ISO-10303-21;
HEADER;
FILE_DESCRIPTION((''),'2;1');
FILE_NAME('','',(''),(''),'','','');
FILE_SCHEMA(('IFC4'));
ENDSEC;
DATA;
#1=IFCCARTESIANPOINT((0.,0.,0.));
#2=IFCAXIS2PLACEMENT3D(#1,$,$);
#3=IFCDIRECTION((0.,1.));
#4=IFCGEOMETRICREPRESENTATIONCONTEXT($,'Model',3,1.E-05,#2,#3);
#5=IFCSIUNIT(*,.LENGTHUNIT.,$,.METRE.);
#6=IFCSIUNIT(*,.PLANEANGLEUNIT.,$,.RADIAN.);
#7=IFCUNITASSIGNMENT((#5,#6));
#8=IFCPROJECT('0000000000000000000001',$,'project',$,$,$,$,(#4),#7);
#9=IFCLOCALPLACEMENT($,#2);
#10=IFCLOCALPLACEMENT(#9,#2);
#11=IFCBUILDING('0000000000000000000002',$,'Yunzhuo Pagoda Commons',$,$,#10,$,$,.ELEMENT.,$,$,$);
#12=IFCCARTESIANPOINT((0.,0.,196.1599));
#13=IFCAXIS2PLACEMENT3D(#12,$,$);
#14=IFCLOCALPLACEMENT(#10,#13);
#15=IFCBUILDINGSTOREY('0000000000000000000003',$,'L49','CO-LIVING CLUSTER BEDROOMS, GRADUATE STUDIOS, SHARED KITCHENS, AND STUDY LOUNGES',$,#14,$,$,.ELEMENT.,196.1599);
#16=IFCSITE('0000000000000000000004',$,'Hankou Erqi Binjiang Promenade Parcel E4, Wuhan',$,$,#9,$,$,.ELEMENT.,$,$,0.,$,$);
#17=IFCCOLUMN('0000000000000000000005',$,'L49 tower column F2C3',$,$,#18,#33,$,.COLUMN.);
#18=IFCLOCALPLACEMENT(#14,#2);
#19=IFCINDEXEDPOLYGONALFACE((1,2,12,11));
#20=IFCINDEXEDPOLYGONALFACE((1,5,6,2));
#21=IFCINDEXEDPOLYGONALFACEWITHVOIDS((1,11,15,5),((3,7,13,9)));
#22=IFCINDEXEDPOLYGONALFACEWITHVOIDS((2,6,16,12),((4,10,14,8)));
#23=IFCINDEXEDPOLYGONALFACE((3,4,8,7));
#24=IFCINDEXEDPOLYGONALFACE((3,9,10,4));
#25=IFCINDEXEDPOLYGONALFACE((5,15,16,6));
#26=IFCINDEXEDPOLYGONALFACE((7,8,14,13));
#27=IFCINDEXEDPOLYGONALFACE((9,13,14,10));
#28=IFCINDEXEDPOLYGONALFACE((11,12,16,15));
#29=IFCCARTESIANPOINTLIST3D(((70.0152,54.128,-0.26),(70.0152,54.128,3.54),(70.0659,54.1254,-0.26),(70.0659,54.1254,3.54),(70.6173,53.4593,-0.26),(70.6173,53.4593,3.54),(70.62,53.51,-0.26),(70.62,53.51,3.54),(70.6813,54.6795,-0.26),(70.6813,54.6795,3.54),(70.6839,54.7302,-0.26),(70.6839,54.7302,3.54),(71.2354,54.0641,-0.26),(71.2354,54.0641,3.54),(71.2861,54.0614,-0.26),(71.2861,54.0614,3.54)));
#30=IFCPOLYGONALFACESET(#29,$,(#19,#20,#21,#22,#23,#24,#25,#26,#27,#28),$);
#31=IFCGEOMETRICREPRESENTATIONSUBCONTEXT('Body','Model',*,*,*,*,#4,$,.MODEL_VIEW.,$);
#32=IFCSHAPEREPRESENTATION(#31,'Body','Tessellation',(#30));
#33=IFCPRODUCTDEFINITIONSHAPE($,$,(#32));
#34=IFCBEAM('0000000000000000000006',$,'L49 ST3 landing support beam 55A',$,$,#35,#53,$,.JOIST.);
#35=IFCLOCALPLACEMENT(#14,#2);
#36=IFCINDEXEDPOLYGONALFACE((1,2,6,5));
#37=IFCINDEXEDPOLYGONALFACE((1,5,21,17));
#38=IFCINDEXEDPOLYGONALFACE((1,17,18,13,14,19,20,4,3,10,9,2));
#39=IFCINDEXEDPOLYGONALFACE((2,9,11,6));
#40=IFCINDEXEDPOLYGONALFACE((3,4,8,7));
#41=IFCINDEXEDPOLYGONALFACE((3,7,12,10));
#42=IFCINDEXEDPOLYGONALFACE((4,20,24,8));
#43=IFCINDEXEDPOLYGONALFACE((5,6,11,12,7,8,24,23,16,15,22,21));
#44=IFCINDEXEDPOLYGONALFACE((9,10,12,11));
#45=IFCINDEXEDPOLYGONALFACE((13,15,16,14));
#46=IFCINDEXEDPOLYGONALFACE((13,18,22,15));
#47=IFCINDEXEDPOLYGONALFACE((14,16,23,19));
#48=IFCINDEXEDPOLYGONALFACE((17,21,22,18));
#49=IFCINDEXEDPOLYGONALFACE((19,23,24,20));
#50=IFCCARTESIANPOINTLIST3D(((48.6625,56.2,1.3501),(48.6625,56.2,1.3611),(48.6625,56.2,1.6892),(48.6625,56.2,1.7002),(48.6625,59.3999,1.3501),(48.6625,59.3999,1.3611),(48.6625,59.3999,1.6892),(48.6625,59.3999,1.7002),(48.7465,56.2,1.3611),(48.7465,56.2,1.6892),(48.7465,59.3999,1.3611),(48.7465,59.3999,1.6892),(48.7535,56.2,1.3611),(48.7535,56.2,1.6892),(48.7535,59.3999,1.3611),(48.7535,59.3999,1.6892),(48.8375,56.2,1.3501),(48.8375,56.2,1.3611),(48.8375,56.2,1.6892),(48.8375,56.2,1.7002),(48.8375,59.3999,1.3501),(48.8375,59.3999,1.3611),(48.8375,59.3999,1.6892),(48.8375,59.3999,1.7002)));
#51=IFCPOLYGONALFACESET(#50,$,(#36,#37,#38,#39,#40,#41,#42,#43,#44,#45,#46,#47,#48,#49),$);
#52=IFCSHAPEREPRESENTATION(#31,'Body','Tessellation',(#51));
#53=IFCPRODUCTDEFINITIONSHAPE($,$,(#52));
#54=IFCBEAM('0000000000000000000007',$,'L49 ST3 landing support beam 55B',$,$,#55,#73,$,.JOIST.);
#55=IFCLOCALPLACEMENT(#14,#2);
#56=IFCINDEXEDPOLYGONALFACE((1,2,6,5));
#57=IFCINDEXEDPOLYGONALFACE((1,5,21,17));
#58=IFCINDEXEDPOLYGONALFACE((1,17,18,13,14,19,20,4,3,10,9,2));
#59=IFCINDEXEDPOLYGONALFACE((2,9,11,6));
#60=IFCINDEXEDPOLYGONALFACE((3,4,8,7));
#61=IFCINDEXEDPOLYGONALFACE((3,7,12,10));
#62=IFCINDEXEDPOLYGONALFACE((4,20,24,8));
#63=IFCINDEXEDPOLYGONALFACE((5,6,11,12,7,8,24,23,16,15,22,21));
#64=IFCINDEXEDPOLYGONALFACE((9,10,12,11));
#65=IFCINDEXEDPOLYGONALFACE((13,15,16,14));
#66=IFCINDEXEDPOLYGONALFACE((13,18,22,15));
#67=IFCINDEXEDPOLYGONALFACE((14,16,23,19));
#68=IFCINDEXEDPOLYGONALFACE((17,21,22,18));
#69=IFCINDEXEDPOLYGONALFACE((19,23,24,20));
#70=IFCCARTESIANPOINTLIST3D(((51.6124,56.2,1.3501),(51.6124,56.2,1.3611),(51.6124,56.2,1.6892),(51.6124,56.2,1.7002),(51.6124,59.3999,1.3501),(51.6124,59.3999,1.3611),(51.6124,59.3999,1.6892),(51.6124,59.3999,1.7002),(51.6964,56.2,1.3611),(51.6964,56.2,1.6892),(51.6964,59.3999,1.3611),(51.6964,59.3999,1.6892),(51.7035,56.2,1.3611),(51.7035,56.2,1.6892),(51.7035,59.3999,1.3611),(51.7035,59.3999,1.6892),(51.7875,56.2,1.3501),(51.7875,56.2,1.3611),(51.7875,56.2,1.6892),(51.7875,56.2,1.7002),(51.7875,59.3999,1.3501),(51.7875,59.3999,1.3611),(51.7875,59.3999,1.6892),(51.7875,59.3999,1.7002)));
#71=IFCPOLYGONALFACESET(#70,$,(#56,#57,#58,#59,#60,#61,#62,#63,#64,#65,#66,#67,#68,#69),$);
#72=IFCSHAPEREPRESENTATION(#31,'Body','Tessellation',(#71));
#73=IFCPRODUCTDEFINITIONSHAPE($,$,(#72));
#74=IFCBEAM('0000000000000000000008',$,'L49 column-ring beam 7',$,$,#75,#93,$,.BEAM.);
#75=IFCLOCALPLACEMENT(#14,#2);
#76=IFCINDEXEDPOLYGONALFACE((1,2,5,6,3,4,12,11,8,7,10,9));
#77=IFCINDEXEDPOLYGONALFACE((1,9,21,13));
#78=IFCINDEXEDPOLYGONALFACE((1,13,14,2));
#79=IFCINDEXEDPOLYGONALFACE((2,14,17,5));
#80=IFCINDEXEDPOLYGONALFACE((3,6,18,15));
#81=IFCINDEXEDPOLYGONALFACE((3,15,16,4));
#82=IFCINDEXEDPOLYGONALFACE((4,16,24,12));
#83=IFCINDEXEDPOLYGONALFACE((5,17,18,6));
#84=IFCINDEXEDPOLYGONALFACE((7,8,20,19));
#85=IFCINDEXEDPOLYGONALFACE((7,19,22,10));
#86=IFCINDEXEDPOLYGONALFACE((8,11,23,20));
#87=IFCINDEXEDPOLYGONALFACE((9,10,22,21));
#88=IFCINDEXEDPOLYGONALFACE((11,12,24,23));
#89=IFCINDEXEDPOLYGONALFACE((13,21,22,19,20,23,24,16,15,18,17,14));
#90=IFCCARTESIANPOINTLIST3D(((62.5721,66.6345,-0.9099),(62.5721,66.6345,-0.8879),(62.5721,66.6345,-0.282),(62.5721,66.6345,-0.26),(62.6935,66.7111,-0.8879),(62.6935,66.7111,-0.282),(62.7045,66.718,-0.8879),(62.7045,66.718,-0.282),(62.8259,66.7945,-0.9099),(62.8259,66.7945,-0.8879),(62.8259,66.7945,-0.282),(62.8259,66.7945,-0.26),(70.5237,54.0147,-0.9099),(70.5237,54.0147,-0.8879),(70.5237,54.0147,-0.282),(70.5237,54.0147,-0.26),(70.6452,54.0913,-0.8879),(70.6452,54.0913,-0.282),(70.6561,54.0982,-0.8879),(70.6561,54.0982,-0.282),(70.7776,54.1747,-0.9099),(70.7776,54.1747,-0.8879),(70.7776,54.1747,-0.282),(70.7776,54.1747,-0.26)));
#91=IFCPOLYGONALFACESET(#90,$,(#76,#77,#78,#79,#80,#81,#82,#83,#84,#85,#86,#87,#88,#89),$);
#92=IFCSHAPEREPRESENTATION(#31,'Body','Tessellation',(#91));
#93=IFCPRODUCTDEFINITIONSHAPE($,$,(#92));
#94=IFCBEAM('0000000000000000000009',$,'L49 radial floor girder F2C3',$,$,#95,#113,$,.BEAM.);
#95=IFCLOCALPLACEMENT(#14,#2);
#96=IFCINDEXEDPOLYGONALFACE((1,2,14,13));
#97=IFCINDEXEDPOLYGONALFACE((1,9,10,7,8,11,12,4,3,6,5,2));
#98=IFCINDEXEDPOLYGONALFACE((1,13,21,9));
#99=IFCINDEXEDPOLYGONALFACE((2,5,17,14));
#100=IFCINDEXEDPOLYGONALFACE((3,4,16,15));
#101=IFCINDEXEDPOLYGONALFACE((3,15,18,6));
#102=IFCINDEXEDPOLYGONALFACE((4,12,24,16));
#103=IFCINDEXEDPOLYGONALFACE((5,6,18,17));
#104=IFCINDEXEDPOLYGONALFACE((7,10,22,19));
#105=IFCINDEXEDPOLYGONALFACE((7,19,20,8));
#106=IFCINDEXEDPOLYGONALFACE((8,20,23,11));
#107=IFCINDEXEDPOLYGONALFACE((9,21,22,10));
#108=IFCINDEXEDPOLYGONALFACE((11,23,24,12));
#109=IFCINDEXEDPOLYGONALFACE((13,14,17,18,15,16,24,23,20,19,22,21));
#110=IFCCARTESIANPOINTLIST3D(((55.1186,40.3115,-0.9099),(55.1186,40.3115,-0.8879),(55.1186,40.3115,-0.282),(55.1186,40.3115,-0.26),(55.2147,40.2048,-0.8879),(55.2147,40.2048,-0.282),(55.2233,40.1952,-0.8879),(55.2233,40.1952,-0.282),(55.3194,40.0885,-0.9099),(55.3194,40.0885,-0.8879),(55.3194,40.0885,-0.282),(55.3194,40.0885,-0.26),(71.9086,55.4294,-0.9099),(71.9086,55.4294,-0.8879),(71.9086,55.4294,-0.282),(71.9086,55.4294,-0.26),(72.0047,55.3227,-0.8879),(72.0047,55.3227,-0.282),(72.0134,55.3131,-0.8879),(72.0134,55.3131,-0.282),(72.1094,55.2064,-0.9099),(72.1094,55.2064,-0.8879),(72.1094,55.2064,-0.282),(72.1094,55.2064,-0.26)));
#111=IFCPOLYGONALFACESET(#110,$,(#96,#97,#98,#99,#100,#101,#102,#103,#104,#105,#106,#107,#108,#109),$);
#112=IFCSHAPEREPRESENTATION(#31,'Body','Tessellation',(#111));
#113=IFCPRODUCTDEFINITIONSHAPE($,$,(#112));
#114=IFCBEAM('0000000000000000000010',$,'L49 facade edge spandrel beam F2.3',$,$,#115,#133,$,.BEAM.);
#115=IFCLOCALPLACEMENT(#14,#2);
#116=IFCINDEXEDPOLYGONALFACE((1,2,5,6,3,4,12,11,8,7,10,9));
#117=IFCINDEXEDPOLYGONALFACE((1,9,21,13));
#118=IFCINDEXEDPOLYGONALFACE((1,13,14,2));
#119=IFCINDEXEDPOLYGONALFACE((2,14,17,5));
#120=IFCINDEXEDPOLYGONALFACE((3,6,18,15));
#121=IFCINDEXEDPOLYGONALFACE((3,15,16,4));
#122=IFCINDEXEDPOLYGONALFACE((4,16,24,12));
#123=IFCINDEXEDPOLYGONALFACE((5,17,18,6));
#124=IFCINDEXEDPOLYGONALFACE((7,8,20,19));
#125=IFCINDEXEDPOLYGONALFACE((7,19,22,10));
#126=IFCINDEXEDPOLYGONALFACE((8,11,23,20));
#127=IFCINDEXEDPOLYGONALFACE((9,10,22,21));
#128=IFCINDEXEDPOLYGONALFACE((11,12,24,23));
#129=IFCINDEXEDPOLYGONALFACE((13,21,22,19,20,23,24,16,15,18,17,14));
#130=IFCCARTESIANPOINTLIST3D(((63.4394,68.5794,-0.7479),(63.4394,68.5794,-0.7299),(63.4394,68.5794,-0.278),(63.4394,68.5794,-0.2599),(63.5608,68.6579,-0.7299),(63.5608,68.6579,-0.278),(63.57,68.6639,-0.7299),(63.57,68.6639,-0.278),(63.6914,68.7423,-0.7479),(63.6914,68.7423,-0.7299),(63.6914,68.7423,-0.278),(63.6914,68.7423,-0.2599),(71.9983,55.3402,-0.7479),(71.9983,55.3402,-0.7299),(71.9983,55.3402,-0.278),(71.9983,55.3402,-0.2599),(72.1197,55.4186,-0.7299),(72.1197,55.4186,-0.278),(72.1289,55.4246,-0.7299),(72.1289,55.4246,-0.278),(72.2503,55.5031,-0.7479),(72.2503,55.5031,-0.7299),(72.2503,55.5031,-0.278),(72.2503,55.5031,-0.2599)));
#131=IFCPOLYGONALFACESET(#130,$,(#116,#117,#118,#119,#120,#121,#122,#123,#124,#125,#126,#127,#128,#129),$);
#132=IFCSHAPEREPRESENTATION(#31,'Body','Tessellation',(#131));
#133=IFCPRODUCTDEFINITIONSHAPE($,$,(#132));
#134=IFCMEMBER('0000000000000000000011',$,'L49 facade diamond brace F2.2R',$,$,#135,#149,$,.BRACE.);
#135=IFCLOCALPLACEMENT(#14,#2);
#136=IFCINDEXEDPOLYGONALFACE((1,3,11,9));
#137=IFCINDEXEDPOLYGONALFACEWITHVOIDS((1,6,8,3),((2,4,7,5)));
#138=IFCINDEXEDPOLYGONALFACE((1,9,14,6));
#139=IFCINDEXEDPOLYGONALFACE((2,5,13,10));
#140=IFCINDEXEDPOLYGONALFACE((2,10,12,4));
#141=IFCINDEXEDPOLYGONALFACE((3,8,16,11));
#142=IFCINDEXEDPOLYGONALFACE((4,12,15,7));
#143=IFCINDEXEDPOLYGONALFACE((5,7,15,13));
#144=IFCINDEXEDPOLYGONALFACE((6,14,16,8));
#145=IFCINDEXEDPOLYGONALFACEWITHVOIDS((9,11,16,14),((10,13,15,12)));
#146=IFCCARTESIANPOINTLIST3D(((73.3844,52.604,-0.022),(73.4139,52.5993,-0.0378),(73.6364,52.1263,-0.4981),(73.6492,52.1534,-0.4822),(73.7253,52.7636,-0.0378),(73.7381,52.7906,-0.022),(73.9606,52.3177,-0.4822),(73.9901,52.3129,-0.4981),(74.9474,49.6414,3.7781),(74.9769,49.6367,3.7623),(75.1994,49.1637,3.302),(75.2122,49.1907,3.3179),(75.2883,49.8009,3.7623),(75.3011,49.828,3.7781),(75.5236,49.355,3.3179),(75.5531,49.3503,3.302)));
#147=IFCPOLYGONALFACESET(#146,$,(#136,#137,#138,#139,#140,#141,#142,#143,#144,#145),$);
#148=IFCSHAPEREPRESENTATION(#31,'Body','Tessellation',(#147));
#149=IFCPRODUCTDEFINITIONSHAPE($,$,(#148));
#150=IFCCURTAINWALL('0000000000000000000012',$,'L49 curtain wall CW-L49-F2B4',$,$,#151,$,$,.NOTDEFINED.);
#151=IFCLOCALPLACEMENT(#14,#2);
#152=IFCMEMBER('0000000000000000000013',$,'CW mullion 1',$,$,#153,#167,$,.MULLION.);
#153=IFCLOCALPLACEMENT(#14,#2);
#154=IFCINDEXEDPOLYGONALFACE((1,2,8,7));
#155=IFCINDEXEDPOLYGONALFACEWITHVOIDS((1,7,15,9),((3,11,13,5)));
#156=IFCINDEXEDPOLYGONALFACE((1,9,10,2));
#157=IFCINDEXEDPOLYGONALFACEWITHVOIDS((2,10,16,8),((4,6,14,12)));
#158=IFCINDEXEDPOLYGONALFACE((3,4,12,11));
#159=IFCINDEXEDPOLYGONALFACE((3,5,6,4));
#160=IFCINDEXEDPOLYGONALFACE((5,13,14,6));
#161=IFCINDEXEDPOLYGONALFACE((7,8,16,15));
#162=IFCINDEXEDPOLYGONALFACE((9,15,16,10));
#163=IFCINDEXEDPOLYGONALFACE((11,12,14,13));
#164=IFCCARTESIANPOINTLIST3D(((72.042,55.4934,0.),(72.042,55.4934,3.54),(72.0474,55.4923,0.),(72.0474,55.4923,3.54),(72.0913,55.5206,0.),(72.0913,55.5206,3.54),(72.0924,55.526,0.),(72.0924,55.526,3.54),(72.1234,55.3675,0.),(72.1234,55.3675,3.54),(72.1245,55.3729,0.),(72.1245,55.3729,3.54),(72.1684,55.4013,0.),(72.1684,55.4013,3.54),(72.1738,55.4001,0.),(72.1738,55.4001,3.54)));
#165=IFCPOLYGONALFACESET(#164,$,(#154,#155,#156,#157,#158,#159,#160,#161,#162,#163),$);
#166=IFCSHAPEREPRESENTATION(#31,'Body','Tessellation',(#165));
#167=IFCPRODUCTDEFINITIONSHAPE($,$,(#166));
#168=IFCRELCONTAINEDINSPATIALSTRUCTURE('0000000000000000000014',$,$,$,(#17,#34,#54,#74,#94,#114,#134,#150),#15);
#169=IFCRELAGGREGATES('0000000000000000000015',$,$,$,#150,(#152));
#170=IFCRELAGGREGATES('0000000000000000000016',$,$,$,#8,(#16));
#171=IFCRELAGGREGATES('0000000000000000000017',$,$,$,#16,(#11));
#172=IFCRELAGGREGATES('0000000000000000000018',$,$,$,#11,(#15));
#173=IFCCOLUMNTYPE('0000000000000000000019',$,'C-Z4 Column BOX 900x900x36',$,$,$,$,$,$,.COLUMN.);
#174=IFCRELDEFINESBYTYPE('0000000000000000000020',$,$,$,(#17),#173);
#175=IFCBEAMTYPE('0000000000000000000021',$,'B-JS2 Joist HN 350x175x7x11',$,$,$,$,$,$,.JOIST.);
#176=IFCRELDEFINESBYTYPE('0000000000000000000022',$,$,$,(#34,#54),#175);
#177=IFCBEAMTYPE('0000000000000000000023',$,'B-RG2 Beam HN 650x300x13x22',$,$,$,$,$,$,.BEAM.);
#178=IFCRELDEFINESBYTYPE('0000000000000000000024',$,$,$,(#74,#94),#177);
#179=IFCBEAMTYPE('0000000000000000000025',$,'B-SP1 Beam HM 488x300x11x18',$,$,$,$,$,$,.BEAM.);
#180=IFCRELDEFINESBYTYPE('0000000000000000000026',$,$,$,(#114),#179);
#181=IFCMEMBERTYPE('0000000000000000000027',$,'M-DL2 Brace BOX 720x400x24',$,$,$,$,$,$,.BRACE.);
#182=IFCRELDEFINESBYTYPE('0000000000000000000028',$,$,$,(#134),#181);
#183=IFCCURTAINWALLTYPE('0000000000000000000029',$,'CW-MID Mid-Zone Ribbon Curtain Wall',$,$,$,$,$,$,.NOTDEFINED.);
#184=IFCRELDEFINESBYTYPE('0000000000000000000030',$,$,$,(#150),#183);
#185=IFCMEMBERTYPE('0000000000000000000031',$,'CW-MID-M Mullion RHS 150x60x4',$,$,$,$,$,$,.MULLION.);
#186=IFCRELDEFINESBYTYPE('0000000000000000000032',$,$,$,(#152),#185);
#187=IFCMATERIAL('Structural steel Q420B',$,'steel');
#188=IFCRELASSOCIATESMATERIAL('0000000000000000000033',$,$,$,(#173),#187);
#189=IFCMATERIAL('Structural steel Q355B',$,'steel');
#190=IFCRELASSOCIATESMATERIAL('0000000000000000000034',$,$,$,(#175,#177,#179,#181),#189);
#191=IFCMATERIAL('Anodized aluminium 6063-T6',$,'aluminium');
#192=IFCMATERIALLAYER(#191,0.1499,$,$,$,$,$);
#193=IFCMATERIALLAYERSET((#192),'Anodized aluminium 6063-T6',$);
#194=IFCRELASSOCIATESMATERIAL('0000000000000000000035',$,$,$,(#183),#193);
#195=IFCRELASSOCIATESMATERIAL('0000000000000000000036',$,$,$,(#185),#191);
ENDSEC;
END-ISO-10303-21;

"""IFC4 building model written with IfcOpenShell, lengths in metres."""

from ifc_helpers import new_model, si_unit, direction, frame, origin, origin_2d, place, context, subcontext, project, spatial, hollow_rectangle, i_section, extrude, source, transform, mapped, material, layer, layer_set, material_profile, profile_set, type_object, element, aggregate, save


model = new_model("IFC4")

# Units and contexts
model_context = context("Model", 3, precision=1e-05, world=origin(), true_north=direction((0.0, 1.0)))
body_context = subcontext(model_context, "Body", "Model", "MODEL_VIEW")
ifc_project = project(units=[si_unit("LENGTHUNIT", "METRE"), si_unit("PLANEANGLEUNIT", "RADIAN")], contexts=[model_context])

# Site, building, storey
site_placement = place(None, origin())
site = spatial("IfcSite", under=ifc_project, at=site_placement, Name="Hankou Erqi Binjiang Promenade Parcel E4, Wuhan", CompositionType="ELEMENT", RefElevation=0.0)
building_placement = place(site_placement, origin())
building = spatial("IfcBuilding", under=site, at=building_placement, Name="Yunzhuo Pagoda Commons", CompositionType="ELEMENT")
storey_placement = place(building_placement, frame((0.0, 0.0, 196.1599)))
storey = spatial("IfcBuildingStorey", under=building, at=storey_placement, Name="L49", Description="CO-LIVING CLUSTER BEDROOMS, GRADUATE STUDIOS, SHARED KITCHENS, AND STUDY LOUNGES", CompositionType="ELEMENT", Elevation=196.1599)

# Column
ifc_material_1 = material(Name="Structural steel Q420B", Category="steel")
ifc_material_profile_1 = material_profile(ifc_material_1, hollow_rectangle(XDim=0.8999, YDim=0.8999, WallThickness=0.0359, at=origin_2d()), Name="Structural steel Q420B")
ifc_profile_set_1 = profile_set([ifc_material_profile_1], Name="Structural steel Q420B")
column_type = type_object("IfcColumnType", Name="C-Z4 Column BOX 900x900x36", PredefinedType="COLUMN", material=ifc_profile_set_1)
shared_shape_1 = source(origin(), body_context, "Body", "SweptSolid", [
    extrude(hollow_rectangle(XDim=0.8999, YDim=0.8999, WallThickness=0.0359, at=origin_2d()), origin(), (0.0, 0.0, 1.0), 3.8),
])
column_placement = place(storey_placement, frame((70.6506, 54.0947, -0.26), z_axis=(0.0, 0.0, 1.0), x_axis=(-0.669131, 0.743145, 0.0)))
element("IfcColumn", 1, at=column_placement, inside=storey, type_object=column_type, Name="L49 tower column F2C3", PredefinedType="COLUMN", context=body_context, shape_type="MappedRepresentation", body=[
    mapped(shared_shape_1, transform((0.0, 0.0, 0.0), scale=1.0)),
])

# Beams
ifc_material_2 = material(Name="Structural steel Q355B", Category="steel")
ifc_material_profile_2 = material_profile(ifc_material_2, i_section(OverallWidth=0.175, OverallDepth=0.3501, WebThickness=0.0071, FlangeThickness=0.011, at=origin_2d()), Name="Structural steel Q355B")
ifc_profile_set_2 = profile_set([ifc_material_profile_2], Name="Structural steel Q355B")
beam_type_1 = type_object("IfcBeamType", Name="B-JS2 Joist HN 350x175x7x11", PredefinedType="JOIST", material=ifc_profile_set_2)
shared_shape_2 = source(origin(), body_context, "Body", "SweptSolid", [
    extrude(i_section(OverallWidth=0.175, OverallDepth=0.3501, WebThickness=0.0071, FlangeThickness=0.011, at=origin_2d()), origin(), (0.0, 0.0, 1.0), 3.2),
])
for number, where, z_axis, x_axis, name in (
    (2, (48.75, 56.2, 1.5251), (0.0, 1.0, 0.0), (-1.0, 0.0, 0.0), "L49 ST3 landing support beam 55A"),
    (3, (51.7, 56.2, 1.5251), (0.0, 1.0, 0.0), (-1.0, 0.0, 0.0), "L49 ST3 landing support beam 55B"),
):
    element("IfcBeam", number, at=place(storey_placement, frame(where, z_axis=z_axis, x_axis=x_axis)), inside=storey, type_object=beam_type_1, Name=name, PredefinedType="JOIST", context=body_context, shape_type="MappedRepresentation", body=[
        mapped(shared_shape_2, transform((0.0, 0.0, 0.0), scale=1.0)),
    ])
ifc_material_profile_3 = material_profile(ifc_material_2, i_section(OverallWidth=0.3, OverallDepth=0.6499, WebThickness=0.0129, FlangeThickness=0.022, at=origin_2d()), Name="Structural steel Q355B")
ifc_profile_set_3 = profile_set([ifc_material_profile_3], Name="Structural steel Q355B")
beam_type_2 = type_object("IfcBeamType", Name="B-RG2 Beam HN 650x300x13x22", PredefinedType="BEAM", material=ifc_profile_set_3)
shared_shape_3 = source(origin(), body_context, "Body", "SweptSolid", [
    extrude(i_section(OverallWidth=0.3, OverallDepth=0.6499, WebThickness=0.0129, FlangeThickness=0.022, at=origin_2d()), origin(), (0.0, 0.0, 1.0), 14.916),
])
beam_1_placement = place(storey_placement, frame((70.6506, 54.0947, -0.585), z_axis=(-0.533092, 0.846057, 0.0), x_axis=(-0.846057, -0.533092, 0.0)))
element("IfcBeam", 4, at=beam_1_placement, inside=storey, type_object=beam_type_2, Name="L49 column-ring beam 7", PredefinedType="BEAM", context=body_context, shape_type="MappedRepresentation", body=[
    mapped(shared_shape_3, transform((0.0, 0.0, 0.0), scale=1.0)),
])
shared_shape_4 = source(origin(), body_context, "Body", "SweptSolid", [
    extrude(i_section(OverallWidth=0.3, OverallDepth=0.6499, WebThickness=0.0129, FlangeThickness=0.022, at=origin_2d()), origin(), (0.0, 0.0, 1.0), 22.5933),
])
beam_2_placement = place(storey_placement, frame((72.009, 55.3179, -0.585), z_axis=(-0.743143, -0.669133, 0.0), x_axis=(0.669133, -0.743143, 0.0)))
element("IfcBeam", 5, at=beam_2_placement, inside=storey, type_object=beam_type_2, Name="L49 radial floor girder F2C3", PredefinedType="BEAM", context=body_context, shape_type="MappedRepresentation", body=[
    mapped(shared_shape_4, transform((0.0, 0.0, 0.0), scale=1.0)),
])
ifc_material_profile_4 = material_profile(ifc_material_2, i_section(OverallWidth=0.3, OverallDepth=0.488, WebThickness=0.011, FlangeThickness=0.0181, at=origin_2d()), Name="Structural steel Q355B")
ifc_profile_set_4 = profile_set([ifc_material_profile_4], Name="Structural steel Q355B")
beam_type_3 = type_object("IfcBeamType", Name="B-SP1 Beam HM 488x300x11x18", PredefinedType="BEAM", material=ifc_profile_set_4)
shared_shape_5 = source(origin(), body_context, "Body", "SweptSolid", [
    extrude(i_section(OverallWidth=0.3, OverallDepth=0.488, WebThickness=0.011, FlangeThickness=0.0181, at=origin_2d()), origin(), (0.0, 0.0, 1.0), 15.7649),
])
beam_3_placement = place(storey_placement, frame((72.1243, 55.4216, -0.5039), z_axis=(-0.542905, 0.839794, 0.0), x_axis=(-0.839794, -0.542905, 0.0)))
element("IfcBeam", 6, at=beam_3_placement, inside=storey, type_object=beam_type_3, Name="L49 facade edge spandrel beam F2.3", PredefinedType="BEAM", context=body_context, shape_type="MappedRepresentation", body=[
    mapped(shared_shape_5, transform((0.0, 0.0, 0.0), scale=1.0)),
])

# Member
ifc_material_profile_5 = material_profile(ifc_material_2, hollow_rectangle(XDim=0.3999, YDim=0.72, WallThickness=0.0239, at=origin_2d()), Name="Structural steel Q355B")
ifc_profile_set_5 = profile_set([ifc_material_profile_5], Name="Structural steel Q355B")
member_type_1 = type_object("IfcMemberType", Name="M-DL2 Brace BOX 720x400x24", PredefinedType="BRACE", material=ifc_profile_set_5)
shared_shape_6 = source(origin(), body_context, "Body", "SweptSolid", [
    extrude(hollow_rectangle(XDim=0.3999, YDim=0.72, WallThickness=0.0239, at=origin_2d()), origin(), (0.0, 0.0, 1.0), 5.0657),
])
member_1_placement = place(storey_placement, frame((73.6873, 52.4585, -0.26), z_axis=(0.308548, -0.584853, 0.750164), x_axis=(0.884462, 0.466611, 0.0)))
element("IfcMember", 7, at=member_1_placement, inside=storey, type_object=member_type_1, Name="L49 facade diamond brace F2.2R", PredefinedType="BRACE", context=body_context, shape_type="MappedRepresentation", body=[
    mapped(shared_shape_6, transform((0.0, 0.0, 0.0), scale=1.0)),
])

# Curtain wall, member
ifc_material_3 = material(Name="Anodized aluminium 6063-T6", Category="aluminium")
ifc_layer_1 = layer(ifc_material_3, 0.1499)
ifc_layer_set_1 = layer_set([ifc_layer_1], Name="Anodized aluminium 6063-T6")
curtain_wall_type = type_object("IfcCurtainWallType", Name="CW-MID Mid-Zone Ribbon Curtain Wall", PredefinedType="NOTDEFINED", material=ifc_layer_set_1)
curtain_wall_1_placement = place(storey_placement, origin())
curtain_wall_1 = element("IfcCurtainWall", 8, at=curtain_wall_1_placement, inside=storey, type_object=curtain_wall_type, Name="L49 curtain wall CW-L49-F2B4", PredefinedType="NOTDEFINED")
ifc_material_profile_6 = material_profile(ifc_material_3, hollow_rectangle(XDim=0.0601, YDim=0.1499, WallThickness=0.0039, at=origin_2d()), Name="Anodized aluminium 6063-T6")
ifc_profile_set_6 = profile_set([ifc_material_profile_6], Name="Anodized aluminium 6063-T6")
member_type_2 = type_object("IfcMemberType", Name="CW-MID-M Mullion RHS 150x60x4", PredefinedType="MULLION", material=ifc_profile_set_6)
shared_shape_7 = source(origin(), body_context, "Body", "SweptSolid", [
    extrude(hollow_rectangle(XDim=0.0601, YDim=0.1499, WallThickness=0.0039, at=origin_2d()), origin(), (0.0, 0.0, 1.0), 3.54),
])
member_2_placement = place(storey_placement, frame((72.1079, 55.4468, 0.0), z_axis=(0.0, 0.0, 1.0), x_axis=(-0.839794, -0.542905, 0.0)))
member_2 = element("IfcMember", 9, at=member_2_placement, type_object=member_type_2, Name="CW mullion 1", PredefinedType="MULLION", context=body_context, shape_type="MappedRepresentation", body=[
    mapped(shared_shape_7, transform((0.0, 0.0, 0.0), scale=1.0)),
])
aggregate(curtain_wall_1, [member_2])

save(model, "model.ifc")
